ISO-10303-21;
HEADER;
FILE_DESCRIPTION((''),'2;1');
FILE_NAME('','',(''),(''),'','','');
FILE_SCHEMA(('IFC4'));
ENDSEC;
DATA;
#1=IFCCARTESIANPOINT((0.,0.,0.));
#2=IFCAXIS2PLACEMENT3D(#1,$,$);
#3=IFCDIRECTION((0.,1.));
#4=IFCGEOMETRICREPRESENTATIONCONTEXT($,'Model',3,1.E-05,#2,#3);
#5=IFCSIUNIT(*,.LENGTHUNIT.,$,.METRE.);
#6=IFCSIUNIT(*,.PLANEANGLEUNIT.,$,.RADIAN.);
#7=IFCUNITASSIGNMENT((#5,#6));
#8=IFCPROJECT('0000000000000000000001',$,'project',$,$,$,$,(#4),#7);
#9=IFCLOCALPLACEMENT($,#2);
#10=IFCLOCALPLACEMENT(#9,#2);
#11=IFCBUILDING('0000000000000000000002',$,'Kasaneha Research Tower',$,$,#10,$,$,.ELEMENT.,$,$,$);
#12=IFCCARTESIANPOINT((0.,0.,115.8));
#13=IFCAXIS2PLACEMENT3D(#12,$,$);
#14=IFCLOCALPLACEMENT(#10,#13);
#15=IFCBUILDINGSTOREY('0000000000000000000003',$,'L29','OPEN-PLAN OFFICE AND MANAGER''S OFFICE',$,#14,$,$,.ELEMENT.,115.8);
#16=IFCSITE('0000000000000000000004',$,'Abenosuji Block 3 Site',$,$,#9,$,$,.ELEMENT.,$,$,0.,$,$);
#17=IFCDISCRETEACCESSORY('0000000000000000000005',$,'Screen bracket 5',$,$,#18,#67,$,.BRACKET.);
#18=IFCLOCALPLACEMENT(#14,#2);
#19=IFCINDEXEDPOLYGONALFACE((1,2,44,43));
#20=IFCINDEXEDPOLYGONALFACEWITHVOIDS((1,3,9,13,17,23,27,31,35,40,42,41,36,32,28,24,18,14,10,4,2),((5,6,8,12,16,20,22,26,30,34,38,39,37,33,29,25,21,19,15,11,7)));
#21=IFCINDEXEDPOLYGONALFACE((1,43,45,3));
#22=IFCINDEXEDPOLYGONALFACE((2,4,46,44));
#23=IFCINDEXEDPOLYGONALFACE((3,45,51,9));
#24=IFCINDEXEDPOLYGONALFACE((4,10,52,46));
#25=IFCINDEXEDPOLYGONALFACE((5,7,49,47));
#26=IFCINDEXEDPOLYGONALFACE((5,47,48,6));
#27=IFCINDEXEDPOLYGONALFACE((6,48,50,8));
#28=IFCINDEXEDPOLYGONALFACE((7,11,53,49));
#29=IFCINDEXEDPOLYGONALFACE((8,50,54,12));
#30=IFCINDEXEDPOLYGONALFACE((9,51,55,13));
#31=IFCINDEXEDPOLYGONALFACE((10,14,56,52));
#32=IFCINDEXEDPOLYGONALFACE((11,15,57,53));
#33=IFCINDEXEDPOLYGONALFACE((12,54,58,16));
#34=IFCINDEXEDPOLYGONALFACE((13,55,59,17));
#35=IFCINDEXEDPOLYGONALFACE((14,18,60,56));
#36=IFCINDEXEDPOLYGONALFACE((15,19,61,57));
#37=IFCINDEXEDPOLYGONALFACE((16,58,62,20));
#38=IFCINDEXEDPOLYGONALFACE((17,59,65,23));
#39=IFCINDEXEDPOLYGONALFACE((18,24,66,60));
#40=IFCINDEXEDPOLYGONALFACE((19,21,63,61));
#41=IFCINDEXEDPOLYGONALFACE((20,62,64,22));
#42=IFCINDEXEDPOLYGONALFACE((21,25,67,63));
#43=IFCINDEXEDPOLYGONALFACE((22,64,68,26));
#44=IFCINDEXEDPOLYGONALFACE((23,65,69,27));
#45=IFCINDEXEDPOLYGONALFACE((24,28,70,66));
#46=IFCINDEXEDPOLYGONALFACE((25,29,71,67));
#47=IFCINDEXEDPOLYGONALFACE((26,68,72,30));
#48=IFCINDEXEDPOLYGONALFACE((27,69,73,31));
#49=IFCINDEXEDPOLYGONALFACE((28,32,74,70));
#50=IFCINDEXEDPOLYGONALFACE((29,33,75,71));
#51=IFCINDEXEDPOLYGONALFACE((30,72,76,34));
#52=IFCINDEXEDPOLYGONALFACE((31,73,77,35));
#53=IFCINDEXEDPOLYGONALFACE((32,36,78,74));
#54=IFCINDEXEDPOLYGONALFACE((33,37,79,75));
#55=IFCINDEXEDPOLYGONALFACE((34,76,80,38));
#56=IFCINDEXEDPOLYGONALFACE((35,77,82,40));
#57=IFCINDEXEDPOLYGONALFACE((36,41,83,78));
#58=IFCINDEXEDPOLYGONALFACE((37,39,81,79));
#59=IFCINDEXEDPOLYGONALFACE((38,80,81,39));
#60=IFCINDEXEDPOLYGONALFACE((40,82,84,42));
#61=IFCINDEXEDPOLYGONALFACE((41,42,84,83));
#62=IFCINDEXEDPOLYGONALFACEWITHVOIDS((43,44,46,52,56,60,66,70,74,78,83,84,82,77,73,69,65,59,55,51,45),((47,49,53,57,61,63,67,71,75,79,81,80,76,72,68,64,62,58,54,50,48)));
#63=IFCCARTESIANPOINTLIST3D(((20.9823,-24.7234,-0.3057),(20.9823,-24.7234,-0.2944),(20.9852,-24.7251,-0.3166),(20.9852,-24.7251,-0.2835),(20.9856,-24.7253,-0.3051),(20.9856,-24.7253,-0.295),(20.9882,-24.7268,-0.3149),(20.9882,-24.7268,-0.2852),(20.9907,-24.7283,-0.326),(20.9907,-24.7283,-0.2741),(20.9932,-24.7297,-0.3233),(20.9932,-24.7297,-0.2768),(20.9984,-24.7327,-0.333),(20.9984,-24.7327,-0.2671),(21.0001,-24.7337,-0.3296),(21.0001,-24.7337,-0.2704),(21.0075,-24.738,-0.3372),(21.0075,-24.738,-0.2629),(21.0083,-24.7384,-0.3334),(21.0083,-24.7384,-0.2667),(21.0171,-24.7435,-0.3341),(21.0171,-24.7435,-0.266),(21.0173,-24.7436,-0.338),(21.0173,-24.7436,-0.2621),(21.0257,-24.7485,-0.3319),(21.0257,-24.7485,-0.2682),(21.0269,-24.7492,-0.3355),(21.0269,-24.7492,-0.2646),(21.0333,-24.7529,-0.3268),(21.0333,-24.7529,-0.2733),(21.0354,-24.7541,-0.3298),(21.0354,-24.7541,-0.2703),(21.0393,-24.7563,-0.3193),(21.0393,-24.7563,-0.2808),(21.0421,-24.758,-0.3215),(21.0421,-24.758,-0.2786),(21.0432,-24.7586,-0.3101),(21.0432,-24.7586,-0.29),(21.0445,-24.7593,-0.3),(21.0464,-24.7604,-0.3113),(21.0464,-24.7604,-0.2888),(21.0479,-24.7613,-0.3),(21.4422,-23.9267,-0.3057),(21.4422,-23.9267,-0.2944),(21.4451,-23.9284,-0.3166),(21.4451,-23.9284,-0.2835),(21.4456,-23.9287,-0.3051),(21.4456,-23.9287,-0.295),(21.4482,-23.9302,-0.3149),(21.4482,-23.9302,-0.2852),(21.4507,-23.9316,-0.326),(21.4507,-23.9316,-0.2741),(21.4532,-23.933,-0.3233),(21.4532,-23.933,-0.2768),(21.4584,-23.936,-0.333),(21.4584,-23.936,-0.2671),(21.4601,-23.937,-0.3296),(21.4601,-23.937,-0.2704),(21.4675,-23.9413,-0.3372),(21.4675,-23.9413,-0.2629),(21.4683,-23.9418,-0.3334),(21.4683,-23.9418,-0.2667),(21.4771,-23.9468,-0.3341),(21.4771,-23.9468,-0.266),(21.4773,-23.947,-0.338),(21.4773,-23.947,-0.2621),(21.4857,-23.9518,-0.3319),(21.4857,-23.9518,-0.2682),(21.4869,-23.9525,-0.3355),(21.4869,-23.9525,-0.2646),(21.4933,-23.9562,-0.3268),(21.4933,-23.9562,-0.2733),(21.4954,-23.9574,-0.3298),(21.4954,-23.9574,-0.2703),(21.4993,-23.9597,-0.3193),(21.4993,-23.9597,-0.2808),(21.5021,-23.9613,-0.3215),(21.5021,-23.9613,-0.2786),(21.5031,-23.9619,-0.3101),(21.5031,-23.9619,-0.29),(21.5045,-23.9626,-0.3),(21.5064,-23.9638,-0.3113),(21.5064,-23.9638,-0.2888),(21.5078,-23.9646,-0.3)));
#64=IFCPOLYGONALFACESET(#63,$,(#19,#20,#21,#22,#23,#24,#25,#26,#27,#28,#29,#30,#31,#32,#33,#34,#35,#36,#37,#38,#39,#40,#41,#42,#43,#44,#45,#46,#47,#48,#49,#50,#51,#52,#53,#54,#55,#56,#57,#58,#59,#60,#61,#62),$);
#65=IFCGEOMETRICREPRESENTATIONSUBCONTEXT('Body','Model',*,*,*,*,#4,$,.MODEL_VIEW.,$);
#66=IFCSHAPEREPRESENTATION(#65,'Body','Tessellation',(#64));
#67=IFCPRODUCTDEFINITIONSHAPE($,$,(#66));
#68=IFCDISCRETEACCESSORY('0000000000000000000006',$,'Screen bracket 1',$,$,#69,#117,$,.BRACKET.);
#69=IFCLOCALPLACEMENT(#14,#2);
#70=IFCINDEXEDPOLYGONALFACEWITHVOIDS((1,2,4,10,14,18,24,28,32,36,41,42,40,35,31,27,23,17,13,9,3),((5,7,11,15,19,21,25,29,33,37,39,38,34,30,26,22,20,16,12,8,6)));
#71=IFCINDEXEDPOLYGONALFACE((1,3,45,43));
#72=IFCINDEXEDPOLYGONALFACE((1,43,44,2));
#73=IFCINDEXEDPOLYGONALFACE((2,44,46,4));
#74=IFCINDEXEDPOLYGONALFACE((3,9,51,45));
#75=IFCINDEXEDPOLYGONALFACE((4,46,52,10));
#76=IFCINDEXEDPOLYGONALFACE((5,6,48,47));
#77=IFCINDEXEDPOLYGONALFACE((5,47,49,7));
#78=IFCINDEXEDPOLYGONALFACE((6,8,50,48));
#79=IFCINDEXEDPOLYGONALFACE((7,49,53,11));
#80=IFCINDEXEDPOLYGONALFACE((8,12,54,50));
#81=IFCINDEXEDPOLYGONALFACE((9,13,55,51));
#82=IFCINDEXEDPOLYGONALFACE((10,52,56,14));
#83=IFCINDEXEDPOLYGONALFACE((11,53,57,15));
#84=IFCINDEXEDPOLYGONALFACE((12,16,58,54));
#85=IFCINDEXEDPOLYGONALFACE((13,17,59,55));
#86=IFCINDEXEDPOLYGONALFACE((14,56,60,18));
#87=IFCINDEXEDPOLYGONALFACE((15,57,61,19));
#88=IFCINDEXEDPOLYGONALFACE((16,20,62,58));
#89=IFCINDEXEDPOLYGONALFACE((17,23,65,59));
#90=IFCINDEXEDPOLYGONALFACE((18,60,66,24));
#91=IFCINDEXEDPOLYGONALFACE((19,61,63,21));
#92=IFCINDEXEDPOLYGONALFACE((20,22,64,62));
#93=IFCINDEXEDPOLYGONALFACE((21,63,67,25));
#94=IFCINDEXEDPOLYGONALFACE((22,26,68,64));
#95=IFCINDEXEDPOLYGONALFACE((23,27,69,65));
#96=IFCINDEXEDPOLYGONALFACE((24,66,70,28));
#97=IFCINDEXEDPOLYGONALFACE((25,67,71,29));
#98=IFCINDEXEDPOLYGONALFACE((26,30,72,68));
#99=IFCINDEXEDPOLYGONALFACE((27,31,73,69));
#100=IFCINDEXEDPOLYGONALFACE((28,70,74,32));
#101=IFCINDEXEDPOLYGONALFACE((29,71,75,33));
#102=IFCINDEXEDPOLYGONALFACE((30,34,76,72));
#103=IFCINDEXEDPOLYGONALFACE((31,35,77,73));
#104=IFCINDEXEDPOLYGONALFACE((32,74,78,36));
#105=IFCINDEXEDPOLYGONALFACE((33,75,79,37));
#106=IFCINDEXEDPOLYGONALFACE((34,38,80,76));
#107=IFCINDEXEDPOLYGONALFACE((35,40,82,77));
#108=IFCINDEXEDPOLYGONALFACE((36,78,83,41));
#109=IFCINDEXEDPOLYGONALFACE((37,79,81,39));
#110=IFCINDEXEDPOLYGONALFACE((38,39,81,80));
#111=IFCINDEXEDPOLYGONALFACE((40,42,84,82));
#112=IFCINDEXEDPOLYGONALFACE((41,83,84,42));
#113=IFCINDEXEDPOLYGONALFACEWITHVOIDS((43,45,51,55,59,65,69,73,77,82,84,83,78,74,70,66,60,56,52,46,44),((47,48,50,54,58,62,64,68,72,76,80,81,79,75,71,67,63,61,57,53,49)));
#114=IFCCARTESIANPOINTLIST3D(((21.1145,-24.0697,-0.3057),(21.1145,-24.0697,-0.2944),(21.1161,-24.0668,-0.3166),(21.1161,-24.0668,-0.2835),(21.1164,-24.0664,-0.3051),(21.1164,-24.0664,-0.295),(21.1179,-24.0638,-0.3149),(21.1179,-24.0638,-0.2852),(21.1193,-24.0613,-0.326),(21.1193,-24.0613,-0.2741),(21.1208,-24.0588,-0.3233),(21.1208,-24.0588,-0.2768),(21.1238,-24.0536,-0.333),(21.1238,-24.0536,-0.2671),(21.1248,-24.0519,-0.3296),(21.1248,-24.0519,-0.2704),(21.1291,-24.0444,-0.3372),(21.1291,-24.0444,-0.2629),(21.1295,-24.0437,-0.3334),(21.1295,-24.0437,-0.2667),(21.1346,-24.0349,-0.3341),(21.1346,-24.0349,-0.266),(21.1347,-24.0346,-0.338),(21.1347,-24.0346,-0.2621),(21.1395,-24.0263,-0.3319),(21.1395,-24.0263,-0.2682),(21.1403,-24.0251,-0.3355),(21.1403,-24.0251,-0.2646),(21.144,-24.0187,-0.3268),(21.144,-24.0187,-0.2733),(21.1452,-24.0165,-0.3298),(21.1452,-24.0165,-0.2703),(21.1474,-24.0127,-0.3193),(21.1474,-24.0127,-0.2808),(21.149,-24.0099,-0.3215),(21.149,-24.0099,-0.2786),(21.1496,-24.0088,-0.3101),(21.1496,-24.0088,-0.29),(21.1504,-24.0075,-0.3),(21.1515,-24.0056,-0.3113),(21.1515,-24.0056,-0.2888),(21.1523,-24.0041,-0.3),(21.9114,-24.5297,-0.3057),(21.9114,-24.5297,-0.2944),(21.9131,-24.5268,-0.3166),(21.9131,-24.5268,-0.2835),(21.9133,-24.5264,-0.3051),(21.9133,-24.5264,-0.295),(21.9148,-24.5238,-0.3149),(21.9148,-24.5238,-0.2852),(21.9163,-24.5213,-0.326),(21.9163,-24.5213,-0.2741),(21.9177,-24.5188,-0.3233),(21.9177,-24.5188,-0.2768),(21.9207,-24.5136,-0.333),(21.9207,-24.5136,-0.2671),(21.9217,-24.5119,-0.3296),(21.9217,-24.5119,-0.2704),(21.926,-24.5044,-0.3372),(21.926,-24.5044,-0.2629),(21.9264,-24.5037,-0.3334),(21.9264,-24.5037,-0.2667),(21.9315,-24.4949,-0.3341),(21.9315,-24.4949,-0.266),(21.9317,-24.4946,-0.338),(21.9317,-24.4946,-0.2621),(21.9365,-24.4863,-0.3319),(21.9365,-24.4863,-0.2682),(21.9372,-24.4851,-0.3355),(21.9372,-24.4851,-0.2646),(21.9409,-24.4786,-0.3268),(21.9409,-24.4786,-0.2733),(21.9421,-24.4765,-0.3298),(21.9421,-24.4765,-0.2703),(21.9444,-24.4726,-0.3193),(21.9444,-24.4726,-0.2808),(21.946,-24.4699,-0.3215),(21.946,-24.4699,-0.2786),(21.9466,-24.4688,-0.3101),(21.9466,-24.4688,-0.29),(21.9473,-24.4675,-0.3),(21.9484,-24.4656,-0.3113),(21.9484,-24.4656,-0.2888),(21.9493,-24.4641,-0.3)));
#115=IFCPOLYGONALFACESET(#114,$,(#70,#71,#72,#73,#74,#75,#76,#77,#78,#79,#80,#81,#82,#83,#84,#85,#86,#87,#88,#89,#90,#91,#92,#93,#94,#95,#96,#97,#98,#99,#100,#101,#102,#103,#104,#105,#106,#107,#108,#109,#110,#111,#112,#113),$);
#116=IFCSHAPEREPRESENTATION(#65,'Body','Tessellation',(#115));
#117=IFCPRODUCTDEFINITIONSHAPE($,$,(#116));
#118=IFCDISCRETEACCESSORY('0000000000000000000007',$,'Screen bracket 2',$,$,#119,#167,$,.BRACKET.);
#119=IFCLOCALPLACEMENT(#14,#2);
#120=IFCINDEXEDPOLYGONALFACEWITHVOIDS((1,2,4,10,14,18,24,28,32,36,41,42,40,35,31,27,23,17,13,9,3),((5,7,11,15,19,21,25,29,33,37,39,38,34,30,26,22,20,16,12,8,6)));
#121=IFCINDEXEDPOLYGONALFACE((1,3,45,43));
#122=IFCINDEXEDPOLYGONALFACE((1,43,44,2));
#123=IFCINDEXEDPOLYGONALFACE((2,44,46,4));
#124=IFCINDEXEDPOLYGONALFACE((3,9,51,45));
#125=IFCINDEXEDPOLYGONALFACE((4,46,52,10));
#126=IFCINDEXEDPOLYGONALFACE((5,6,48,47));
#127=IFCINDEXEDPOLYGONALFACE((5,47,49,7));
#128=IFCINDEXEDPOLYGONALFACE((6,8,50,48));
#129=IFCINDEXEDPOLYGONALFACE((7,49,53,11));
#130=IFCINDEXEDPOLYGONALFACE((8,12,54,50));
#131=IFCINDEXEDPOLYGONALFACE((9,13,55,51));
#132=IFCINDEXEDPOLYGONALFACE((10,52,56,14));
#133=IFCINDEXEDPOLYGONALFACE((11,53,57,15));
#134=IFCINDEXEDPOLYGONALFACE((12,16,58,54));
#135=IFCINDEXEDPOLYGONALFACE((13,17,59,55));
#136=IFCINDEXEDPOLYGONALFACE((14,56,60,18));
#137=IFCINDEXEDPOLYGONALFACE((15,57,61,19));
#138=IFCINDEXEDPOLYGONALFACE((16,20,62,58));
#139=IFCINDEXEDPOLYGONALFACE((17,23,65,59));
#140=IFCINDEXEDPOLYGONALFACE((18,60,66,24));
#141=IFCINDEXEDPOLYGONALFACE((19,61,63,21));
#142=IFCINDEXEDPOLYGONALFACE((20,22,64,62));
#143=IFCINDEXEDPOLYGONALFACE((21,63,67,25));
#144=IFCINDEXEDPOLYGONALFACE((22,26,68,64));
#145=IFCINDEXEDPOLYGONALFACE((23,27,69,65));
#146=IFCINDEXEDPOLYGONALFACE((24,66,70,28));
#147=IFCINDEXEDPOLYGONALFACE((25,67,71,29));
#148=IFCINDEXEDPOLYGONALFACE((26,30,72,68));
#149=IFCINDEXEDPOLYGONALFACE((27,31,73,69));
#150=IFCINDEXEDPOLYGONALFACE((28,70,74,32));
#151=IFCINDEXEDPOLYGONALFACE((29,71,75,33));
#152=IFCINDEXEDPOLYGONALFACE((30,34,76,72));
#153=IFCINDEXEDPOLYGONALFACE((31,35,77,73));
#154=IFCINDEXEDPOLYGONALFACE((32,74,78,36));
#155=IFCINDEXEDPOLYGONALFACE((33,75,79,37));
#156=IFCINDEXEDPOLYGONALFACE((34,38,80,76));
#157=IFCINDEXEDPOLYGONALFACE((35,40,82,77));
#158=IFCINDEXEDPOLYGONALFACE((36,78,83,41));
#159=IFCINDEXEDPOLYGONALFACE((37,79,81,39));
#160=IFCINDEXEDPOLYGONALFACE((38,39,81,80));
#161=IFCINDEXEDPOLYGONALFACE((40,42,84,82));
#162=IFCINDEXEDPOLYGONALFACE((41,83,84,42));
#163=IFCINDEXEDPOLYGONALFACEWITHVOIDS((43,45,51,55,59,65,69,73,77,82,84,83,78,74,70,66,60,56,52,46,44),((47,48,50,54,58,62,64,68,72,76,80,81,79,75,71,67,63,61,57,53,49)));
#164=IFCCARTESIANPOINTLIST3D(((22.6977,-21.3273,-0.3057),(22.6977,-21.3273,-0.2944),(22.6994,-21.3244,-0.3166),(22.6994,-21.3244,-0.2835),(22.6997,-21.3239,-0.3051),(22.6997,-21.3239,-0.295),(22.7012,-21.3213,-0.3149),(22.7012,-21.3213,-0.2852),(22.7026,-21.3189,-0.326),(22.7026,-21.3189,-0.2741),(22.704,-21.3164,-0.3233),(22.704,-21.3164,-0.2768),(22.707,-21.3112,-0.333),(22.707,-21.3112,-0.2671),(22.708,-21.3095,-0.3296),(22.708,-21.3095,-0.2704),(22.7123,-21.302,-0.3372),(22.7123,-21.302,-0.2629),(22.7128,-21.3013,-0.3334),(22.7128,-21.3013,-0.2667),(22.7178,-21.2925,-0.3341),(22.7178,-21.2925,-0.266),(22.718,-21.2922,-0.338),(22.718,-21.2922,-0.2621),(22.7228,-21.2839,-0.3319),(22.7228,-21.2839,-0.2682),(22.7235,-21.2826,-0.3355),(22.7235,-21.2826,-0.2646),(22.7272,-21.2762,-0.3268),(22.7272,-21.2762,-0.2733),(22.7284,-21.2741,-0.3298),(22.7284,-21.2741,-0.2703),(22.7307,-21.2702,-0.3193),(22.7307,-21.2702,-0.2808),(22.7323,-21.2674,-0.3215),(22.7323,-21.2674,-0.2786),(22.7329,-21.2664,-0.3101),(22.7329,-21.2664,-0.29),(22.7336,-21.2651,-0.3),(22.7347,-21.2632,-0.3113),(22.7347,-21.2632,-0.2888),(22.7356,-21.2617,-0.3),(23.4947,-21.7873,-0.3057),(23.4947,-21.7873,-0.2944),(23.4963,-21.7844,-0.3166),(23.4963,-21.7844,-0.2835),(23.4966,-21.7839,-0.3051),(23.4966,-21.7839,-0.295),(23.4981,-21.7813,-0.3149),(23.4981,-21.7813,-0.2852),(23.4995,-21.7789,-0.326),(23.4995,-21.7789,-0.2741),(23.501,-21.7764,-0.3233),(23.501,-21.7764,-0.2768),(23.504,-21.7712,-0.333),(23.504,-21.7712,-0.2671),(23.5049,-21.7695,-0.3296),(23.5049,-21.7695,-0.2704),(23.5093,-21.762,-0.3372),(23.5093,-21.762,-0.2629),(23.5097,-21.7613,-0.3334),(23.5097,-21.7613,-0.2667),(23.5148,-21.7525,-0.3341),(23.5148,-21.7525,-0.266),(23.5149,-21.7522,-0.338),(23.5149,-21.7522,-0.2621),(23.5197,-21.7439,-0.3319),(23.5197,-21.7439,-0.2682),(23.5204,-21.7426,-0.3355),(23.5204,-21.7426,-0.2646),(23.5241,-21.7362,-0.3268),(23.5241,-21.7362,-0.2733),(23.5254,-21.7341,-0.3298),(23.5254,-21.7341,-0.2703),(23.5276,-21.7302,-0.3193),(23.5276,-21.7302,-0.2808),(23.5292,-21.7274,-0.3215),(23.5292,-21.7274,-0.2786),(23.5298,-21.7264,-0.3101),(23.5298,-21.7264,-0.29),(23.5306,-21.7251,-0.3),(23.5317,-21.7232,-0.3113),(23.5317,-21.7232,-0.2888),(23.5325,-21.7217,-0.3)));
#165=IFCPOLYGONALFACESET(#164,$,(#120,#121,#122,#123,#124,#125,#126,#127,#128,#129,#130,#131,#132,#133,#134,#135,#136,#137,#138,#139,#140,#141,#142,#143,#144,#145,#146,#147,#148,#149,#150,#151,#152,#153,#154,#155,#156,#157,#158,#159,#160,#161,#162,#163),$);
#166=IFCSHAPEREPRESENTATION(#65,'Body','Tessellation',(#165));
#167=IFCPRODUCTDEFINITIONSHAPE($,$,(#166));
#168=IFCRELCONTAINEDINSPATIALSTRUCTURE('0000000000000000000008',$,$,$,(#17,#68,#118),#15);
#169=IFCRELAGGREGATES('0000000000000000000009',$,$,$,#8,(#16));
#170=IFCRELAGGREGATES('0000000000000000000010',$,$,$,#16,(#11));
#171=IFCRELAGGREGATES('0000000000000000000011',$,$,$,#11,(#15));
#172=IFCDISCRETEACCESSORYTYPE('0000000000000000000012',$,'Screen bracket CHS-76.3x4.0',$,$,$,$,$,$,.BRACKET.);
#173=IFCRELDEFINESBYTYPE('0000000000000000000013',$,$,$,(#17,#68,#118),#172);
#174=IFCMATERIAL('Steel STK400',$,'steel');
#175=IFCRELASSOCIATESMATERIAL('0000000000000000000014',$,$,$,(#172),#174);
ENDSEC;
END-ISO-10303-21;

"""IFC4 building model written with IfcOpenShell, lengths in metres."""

from ifc_helpers import new_model, si_unit, direction, frame, origin, origin_2d, place, context, subcontext, project, spatial, hollow_circle, extrude, material, material_profile, profile_set, type_object, element, save


model = new_model("IFC4")

# Units and contexts
model_context = context("Model", 3, precision=1e-05, world=origin(), true_north=direction((0.0, 1.0)))
body_context = subcontext(model_context, "Body", "Model", "MODEL_VIEW")
ifc_project = project(units=[si_unit("LENGTHUNIT", "METRE"), si_unit("PLANEANGLEUNIT", "RADIAN")], contexts=[model_context])

# Site, building, storey
site_placement = place(None, origin())
site = spatial("IfcSite", under=ifc_project, at=site_placement, Name="Abenosuji Block 3 Site", CompositionType="ELEMENT", RefElevation=0.0)
building_placement = place(site_placement, origin())
building = spatial("IfcBuilding", under=site, at=building_placement, Name="Kasaneha Research Tower", CompositionType="ELEMENT")
storey_placement = place(building_placement, frame((0.0, 0.0, 115.8)))
storey = spatial("IfcBuildingStorey", under=building, at=storey_placement, Name="L29", Description="OPEN-PLAN OFFICE AND MANAGER'S OFFICE", CompositionType="ELEMENT", Elevation=115.8)

# Discrete accessories
ifc_material_1 = material(Name="Steel STK400", Category="steel")
ifc_material_profile_1 = material_profile(ifc_material_1, hollow_circle(Radius=0.0381, WallThickness=0.0039, at=origin_2d()), Name="CHS-76.3x4.0")
ifc_profile_set_1 = profile_set([ifc_material_profile_1], Name="Steel STK400")
discrete_accessory_type = type_object("IfcDiscreteAccessoryType", Name="Screen bracket CHS-76.3x4.0", PredefinedType="BRACKET", material=ifc_profile_set_1)
discrete_accessory_1_placement = place(storey_placement, frame((21.4749, -23.9456, -0.3), z_axis=(-0.500021, -0.866013, 0.0), x_axis=(0.866013, -0.500021, 0.0)))
element("IfcDiscreteAccessory", 1, at=discrete_accessory_1_placement, inside=storey, type_object=discrete_accessory_type, Name="Screen bracket 5", PredefinedType="BRACKET", context=body_context, shape_type="SweptSolid", body=[
    extrude(hollow_circle(Radius=0.0381, WallThickness=0.0039, at=origin_2d()), origin(), (0.0, 0.0, 1.0), 0.9199),
])
for number, where, z_axis, x_axis, name in (
    (2, (21.1333, -24.0371, -0.3), (0.86608, -0.499906, 0.0), (0.499906, 0.86608, 0.0), "Screen bracket 1"),
    (3, (22.7166, -21.2947, -0.3), (0.86608, -0.499906, 0.0), (0.499906, 0.86608, 0.0), "Screen bracket 2"),
):
    element("IfcDiscreteAccessory", number, at=place(storey_placement, frame(where, z_axis=z_axis, x_axis=x_axis)), inside=storey, type_object=discrete_accessory_type, Name=name, PredefinedType="BRACKET", context=body_context, shape_type="SweptSolid", body=[
        extrude(hollow_circle(Radius=0.0381, WallThickness=0.0039, at=origin_2d()), origin(), (0.0, 0.0, 1.0), 0.9202),
    ])

save(model, "model.ifc")
